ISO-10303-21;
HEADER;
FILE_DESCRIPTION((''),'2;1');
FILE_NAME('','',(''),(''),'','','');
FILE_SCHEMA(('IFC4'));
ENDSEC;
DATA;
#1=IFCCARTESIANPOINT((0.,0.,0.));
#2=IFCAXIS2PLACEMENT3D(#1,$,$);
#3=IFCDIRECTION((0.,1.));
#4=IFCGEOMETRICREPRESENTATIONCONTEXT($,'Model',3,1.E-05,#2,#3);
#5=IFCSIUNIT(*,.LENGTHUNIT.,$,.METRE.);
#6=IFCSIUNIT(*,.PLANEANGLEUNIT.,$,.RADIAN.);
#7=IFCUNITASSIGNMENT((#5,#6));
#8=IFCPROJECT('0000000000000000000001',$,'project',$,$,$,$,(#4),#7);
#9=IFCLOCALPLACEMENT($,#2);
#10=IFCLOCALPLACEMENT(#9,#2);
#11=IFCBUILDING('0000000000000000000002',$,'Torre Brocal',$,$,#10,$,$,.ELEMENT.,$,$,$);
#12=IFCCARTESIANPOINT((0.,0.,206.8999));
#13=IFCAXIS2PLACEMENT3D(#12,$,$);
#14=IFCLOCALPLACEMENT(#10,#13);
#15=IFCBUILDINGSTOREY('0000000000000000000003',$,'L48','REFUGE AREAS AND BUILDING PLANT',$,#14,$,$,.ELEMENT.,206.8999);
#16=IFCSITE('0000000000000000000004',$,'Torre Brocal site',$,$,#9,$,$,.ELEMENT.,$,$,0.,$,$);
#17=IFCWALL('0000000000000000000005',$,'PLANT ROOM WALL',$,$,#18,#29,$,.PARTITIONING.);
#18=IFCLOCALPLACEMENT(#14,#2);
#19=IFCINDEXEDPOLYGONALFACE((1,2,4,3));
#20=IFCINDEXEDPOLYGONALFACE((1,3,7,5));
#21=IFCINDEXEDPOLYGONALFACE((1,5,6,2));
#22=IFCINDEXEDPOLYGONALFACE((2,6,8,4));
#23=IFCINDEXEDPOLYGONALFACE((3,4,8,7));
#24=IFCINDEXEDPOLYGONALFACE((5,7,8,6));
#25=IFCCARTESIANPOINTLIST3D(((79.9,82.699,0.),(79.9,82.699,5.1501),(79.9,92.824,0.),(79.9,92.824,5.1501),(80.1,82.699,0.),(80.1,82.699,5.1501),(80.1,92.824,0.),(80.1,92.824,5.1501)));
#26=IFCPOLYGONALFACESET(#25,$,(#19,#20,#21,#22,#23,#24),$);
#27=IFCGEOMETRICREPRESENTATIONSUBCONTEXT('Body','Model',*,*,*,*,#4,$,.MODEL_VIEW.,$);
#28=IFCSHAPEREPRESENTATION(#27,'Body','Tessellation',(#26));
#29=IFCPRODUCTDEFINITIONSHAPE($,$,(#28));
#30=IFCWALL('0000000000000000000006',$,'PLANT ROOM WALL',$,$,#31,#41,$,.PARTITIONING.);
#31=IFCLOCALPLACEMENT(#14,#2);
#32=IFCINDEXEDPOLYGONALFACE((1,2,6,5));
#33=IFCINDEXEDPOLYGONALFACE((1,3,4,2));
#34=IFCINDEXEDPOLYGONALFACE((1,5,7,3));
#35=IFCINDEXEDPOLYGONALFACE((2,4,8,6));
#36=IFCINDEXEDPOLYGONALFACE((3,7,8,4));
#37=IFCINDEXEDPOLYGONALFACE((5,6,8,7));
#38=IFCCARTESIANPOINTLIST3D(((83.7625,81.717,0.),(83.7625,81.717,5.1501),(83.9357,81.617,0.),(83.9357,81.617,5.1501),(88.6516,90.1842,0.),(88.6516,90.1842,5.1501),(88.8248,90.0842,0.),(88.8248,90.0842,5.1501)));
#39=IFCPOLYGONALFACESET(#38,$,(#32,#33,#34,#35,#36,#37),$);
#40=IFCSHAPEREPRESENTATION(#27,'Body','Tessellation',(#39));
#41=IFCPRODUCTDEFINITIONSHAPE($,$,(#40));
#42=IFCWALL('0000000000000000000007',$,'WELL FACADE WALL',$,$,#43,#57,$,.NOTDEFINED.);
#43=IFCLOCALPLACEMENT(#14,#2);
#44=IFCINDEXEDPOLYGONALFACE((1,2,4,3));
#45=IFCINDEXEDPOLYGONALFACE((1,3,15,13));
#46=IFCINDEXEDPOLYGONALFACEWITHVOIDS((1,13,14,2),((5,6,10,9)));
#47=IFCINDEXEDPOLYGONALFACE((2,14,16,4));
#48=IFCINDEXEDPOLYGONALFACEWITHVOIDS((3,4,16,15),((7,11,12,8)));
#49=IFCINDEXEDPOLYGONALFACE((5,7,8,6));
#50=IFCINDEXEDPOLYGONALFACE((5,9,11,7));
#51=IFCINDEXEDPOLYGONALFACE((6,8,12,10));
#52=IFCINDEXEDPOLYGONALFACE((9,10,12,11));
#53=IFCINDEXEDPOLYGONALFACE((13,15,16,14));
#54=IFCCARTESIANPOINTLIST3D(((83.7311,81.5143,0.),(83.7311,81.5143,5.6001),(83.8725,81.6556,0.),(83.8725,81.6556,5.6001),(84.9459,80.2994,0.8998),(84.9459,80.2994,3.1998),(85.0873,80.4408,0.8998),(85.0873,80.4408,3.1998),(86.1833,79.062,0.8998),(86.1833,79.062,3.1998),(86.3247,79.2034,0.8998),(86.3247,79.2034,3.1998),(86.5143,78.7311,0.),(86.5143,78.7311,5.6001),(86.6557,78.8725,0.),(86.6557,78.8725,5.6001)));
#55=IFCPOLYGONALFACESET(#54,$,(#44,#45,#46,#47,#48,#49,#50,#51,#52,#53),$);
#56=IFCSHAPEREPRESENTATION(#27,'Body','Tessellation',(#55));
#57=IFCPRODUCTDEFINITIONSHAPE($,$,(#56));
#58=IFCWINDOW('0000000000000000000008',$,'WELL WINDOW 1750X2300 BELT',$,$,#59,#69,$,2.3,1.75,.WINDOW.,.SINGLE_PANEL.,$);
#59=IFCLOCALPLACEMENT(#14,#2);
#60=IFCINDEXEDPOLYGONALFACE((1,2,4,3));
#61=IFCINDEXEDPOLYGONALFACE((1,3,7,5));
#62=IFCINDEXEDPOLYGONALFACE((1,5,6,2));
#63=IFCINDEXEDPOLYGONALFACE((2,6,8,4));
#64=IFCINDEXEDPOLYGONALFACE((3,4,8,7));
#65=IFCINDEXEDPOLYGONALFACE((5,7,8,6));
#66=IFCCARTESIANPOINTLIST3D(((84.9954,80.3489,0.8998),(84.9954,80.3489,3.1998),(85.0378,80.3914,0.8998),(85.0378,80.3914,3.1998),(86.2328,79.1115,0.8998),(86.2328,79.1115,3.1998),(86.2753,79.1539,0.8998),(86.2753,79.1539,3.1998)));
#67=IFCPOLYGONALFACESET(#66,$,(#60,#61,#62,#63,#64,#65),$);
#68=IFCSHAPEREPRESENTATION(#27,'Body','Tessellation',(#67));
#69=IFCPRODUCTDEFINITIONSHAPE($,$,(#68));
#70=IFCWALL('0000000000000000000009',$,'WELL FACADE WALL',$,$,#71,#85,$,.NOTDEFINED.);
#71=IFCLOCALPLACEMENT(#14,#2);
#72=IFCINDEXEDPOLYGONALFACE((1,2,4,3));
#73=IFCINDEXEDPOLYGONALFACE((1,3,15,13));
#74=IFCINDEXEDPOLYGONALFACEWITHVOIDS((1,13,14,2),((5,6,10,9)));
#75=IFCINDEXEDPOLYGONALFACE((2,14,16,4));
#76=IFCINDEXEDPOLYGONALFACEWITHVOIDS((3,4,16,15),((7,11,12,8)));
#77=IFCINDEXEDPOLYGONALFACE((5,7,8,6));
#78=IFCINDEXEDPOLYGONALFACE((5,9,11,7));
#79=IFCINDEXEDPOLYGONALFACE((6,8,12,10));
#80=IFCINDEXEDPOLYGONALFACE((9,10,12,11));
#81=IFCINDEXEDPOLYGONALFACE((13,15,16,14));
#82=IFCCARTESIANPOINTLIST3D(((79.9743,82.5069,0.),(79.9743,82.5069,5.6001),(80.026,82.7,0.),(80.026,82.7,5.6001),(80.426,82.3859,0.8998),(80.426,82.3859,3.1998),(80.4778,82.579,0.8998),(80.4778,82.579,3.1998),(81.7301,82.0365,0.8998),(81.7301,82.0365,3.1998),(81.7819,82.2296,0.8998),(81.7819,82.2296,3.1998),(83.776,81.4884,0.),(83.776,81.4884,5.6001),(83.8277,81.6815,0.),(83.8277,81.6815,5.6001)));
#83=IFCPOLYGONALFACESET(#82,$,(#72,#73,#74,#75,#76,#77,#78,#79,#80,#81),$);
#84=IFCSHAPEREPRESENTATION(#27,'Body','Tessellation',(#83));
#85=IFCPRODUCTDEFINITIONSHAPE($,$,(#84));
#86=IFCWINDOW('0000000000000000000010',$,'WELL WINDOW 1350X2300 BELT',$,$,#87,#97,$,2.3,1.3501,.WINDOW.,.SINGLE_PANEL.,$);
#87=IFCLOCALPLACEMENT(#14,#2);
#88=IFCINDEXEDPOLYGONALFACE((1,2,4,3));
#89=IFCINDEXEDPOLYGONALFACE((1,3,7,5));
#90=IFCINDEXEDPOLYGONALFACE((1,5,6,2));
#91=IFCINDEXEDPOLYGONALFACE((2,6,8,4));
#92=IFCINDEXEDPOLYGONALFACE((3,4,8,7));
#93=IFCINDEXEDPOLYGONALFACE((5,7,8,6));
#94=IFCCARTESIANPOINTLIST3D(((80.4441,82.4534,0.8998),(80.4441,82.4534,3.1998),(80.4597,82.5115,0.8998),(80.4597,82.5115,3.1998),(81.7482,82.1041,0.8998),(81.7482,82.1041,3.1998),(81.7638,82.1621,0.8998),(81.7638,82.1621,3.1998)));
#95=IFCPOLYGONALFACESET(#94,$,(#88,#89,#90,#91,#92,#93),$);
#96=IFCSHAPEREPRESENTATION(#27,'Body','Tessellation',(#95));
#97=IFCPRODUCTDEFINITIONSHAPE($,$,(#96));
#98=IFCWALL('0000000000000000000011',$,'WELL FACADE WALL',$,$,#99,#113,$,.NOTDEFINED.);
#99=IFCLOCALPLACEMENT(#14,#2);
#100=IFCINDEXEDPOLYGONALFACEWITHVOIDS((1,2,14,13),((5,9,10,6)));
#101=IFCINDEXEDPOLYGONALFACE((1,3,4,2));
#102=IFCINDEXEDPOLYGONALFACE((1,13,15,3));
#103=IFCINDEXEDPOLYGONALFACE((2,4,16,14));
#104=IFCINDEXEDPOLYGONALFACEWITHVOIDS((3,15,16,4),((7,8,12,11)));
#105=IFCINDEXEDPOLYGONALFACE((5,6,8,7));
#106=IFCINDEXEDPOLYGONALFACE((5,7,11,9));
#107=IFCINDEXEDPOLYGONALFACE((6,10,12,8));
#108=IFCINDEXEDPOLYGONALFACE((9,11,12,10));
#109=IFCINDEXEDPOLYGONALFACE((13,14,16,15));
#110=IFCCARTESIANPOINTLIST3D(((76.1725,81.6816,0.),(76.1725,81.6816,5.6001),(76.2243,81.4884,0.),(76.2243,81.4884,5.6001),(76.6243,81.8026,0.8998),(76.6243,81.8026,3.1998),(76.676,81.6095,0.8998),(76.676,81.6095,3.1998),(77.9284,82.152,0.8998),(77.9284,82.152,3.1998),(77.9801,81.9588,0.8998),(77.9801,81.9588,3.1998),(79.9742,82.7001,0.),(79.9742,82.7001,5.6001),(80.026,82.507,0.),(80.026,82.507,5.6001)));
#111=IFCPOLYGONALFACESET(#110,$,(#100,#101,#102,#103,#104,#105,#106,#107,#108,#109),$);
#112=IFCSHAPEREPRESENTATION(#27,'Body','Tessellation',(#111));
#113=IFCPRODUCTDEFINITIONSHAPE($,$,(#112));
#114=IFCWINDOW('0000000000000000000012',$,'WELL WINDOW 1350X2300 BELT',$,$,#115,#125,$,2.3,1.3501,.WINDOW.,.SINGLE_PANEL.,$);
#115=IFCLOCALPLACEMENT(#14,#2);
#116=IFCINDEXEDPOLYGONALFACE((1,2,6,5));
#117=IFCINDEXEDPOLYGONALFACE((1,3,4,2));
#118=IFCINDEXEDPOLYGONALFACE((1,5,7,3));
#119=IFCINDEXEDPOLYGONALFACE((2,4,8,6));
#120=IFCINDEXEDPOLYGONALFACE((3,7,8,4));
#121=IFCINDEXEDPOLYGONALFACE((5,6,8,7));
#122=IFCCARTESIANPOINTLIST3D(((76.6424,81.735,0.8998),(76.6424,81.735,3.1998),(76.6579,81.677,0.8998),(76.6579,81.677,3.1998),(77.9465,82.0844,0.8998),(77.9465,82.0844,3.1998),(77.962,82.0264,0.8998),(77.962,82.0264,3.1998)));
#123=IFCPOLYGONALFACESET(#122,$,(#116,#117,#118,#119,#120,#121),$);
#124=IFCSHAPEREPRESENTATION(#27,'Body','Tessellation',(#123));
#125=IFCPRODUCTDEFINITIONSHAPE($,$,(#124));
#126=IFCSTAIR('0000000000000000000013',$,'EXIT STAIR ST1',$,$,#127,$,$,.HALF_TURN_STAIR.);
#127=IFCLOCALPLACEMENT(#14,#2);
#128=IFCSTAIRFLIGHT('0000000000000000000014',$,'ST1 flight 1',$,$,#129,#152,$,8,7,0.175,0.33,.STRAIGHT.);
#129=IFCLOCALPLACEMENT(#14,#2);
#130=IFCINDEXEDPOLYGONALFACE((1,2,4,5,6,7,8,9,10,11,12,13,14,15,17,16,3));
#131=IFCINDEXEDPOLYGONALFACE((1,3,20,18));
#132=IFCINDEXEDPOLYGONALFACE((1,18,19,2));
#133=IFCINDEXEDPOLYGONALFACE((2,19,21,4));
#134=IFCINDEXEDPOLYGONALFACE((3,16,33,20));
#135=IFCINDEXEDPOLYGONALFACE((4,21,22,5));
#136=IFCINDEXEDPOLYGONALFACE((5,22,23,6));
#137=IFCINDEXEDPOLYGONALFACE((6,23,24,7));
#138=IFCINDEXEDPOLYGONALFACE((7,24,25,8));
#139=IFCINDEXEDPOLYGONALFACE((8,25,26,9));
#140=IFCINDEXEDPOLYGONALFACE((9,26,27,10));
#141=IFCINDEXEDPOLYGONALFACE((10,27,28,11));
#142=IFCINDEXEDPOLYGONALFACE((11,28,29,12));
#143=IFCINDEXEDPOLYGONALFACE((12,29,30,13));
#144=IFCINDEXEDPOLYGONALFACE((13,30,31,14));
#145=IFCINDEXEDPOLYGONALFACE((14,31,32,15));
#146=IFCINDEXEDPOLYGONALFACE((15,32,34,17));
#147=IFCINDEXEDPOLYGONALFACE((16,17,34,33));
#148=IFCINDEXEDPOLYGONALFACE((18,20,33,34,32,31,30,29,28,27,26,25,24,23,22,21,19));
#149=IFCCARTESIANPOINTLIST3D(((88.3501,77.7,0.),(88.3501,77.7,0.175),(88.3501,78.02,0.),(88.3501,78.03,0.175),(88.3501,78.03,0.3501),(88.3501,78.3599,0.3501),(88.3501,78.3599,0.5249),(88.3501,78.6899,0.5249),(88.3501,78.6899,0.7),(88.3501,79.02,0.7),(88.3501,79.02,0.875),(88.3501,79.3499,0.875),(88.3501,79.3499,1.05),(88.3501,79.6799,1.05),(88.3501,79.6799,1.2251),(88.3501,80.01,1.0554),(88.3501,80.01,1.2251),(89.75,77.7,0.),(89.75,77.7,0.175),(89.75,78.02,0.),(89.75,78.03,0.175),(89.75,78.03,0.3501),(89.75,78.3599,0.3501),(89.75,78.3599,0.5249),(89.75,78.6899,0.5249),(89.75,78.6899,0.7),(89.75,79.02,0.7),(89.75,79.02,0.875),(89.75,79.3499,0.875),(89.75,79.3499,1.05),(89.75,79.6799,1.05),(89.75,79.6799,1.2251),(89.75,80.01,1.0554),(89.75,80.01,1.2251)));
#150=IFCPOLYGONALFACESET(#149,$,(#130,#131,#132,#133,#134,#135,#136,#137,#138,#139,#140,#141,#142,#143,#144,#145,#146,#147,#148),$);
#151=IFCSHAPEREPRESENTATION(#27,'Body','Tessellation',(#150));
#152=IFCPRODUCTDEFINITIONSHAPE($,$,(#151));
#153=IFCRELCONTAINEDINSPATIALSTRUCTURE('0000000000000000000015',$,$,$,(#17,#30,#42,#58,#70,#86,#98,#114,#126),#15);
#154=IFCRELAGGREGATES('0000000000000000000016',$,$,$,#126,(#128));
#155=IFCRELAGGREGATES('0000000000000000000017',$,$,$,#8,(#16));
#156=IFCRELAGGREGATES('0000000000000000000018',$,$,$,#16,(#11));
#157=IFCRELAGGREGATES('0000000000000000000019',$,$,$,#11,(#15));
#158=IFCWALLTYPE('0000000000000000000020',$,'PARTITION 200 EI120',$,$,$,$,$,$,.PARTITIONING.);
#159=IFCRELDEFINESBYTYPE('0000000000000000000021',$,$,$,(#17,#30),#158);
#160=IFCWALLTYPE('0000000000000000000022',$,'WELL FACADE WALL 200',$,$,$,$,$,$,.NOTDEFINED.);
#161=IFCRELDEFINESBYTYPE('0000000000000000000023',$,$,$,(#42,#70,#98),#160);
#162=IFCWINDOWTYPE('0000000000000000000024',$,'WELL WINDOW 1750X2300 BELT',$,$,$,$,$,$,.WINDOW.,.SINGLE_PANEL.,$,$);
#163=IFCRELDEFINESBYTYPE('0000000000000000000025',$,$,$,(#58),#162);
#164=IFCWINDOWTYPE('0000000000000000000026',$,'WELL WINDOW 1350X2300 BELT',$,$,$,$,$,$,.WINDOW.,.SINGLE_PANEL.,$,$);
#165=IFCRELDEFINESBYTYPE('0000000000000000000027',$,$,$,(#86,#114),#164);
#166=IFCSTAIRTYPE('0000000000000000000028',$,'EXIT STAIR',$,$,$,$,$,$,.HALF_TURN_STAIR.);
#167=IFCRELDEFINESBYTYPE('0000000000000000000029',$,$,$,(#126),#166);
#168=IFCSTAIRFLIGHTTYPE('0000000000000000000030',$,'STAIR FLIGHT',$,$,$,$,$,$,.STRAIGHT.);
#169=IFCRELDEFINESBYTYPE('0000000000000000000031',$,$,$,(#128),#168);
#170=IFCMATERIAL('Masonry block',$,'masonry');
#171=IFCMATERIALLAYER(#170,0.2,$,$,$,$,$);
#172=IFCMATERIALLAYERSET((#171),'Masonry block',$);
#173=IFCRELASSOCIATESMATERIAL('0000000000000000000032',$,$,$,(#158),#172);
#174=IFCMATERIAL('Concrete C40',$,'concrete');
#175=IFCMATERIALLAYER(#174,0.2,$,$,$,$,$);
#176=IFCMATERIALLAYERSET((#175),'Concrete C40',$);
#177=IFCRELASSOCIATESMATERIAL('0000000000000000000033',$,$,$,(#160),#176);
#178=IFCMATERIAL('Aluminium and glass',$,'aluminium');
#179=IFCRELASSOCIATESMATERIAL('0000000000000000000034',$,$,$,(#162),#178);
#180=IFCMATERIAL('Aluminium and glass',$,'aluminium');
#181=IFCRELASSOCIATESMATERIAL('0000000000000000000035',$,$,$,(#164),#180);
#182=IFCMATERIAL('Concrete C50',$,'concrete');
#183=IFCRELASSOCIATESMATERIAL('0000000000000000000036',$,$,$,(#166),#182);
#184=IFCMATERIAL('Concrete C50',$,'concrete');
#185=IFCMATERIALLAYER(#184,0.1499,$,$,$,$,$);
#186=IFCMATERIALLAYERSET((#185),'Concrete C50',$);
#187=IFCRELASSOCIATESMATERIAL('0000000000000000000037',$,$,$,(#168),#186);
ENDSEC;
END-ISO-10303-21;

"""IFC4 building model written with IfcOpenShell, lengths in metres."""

from ifc_helpers import new_model, si_unit, direction, frame, frame_2d, origin, place, context, subcontext, project, spatial, polyline, rectangle, outline, extrude, material, layer, layer_set, type_object, element, fill, aggregate, save


model = new_model("IFC4")

# Units and contexts
model_context = context("Model", 3, precision=1e-05, world=origin(), true_north=direction((0.0, 1.0)))
body_context = subcontext(model_context, "Body", "Model", "MODEL_VIEW")
ifc_project = project(units=[si_unit("LENGTHUNIT", "METRE"), si_unit("PLANEANGLEUNIT", "RADIAN")], contexts=[model_context])

# Site, building, storey
site_placement = place(None, origin())
site = spatial("IfcSite", under=ifc_project, at=site_placement, Name="Torre Brocal site", CompositionType="ELEMENT", RefElevation=0.0)
building_placement = place(site_placement, origin())
building = spatial("IfcBuilding", under=site, at=building_placement, Name="Torre Brocal", CompositionType="ELEMENT")
storey_placement = place(building_placement, frame((0.0, 0.0, 206.8999)))
storey = spatial("IfcBuildingStorey", under=building, at=storey_placement, Name="L48", Description="REFUGE AREAS AND BUILDING PLANT", CompositionType="ELEMENT", Elevation=206.8999)

# Walls
ifc_material_1 = material(Name="Masonry block", Category="masonry")
ifc_layer_1 = layer(ifc_material_1, 0.2)
ifc_layer_set_1 = layer_set([ifc_layer_1], Name="Masonry block")
wall_type_1 = type_object("IfcWallType", Name="PARTITION 200 EI120", PredefinedType="PARTITIONING", material=ifc_layer_set_1)
wall_1_placement = place(storey_placement, frame((80.0, 82.699, 0.0), z_axis=(0.0, 0.0, 1.0), x_axis=(0.0, 1.0, 0.0)))
element("IfcWall", 1, at=wall_1_placement, inside=storey, type_object=wall_type_1, Name="PLANT ROOM WALL", PredefinedType="PARTITIONING", context=body_context, shape_type="SweptSolid", body=[
    extrude(rectangle(XDim=10.125, YDim=0.2, at=frame_2d((5.0625, 0.0))), origin(), (0.0, 0.0, 1.0), 5.1501),
])
wall_2_placement = place(storey_placement, frame((83.8491, 81.667, 0.0), z_axis=(0.0, 0.0, 1.0), x_axis=(0.500044, 0.866, 0.0)))
element("IfcWall", 2, at=wall_2_placement, inside=storey, type_object=wall_type_1, Name="PLANT ROOM WALL", PredefinedType="PARTITIONING", context=body_context, shape_type="SweptSolid", body=[
    extrude(rectangle(XDim=9.7773, YDim=0.2, at=frame_2d((4.8887, 0.0))), origin(), (0.0, 0.0, 1.0), 5.1501),
])

# Walls, openings, windows
ifc_material_2 = material(Name="Concrete C40", Category="concrete")
ifc_layer_2 = layer(ifc_material_2, 0.2)
ifc_layer_set_2 = layer_set([ifc_layer_2], Name="Concrete C40")
wall_type_2 = type_object("IfcWallType", Name="WELL FACADE WALL 200", PredefinedType="NOTDEFINED", material=ifc_layer_set_2)
wall_3_placement = place(storey_placement, frame((86.585, 78.8018, 0.0), z_axis=(0.0, 0.0, 1.0), x_axis=(-0.707107, 0.707107, 0.0)))
wall_3 = element("IfcWall", 3, at=wall_3_placement, inside=storey, type_object=wall_type_2, Name="WELL FACADE WALL", PredefinedType="NOTDEFINED", context=body_context, shape_type="SweptSolid", body=[
    extrude(rectangle(XDim=3.936, YDim=0.2, at=frame_2d((1.968, 0.0))), origin(), (0.0, 0.0, 1.0), 5.6001),
])
opening_1_placement = place(wall_3_placement, frame((0.468, 0.0, 0.8999)))
opening_1 = element("IfcOpeningElement", 4, at=opening_1_placement, cuts=wall_3, PredefinedType="OPENING", context=body_context, shape_type="SweptSolid", body=[
    extrude(rectangle(XDim=1.75, YDim=2.3, at=frame_2d((0.875, 1.1499))), frame((0.0, 0.1099, 0.0), z_axis=(0.0, -1.0, 0.0), x_axis=(1.0, 0.0, 0.0)), (0.0, 0.0, 1.0), 0.22),
])
ifc_material_3 = material(Name="Aluminium and glass", Category="aluminium")
window_type_1 = type_object("IfcWindowType", Name="WELL WINDOW 1750X2300 BELT", PartitioningType="SINGLE_PANEL", PredefinedType="WINDOW", material=ifc_material_3)
window_1_placement = place(opening_1_placement, origin())
window_1 = element("IfcWindow", 5, at=window_1_placement, inside=storey, type_object=window_type_1, Name="WELL WINDOW 1750X2300 BELT", OverallHeight=2.3, OverallWidth=1.75, PartitioningType="SINGLE_PANEL", PredefinedType="WINDOW", context=body_context, shape_type="SweptSolid", body=[
    extrude(rectangle(XDim=1.75, YDim=2.3, at=frame_2d((0.875, 1.1499))), frame((0.0, 0.03, 0.0), z_axis=(0.0, -1.0, 0.0), x_axis=(1.0, 0.0, 0.0)), (0.0, 0.0, 1.0), 0.0601),
])
fill(opening_1, window_1)
wall_4_placement = place(storey_placement, frame((83.8018, 81.585, 0.0), z_axis=(0.0, 0.0, 1.0), x_axis=(-0.965934, 0.25879, 0.0)))
wall_4 = element("IfcWall", 6, at=wall_4_placement, inside=storey, type_object=wall_type_2, Name="WELL FACADE WALL", PredefinedType="NOTDEFINED", context=body_context, shape_type="SweptSolid", body=[
    extrude(rectangle(XDim=3.9358, YDim=0.2, at=frame_2d((1.9678, 0.0))), origin(), (0.0, 0.0, 1.0), 5.6001),
])
opening_2_placement = place(wall_4_placement, frame((2.1179, 0.0, 0.8999)))
opening_2 = element("IfcOpeningElement", 7, at=opening_2_placement, cuts=wall_4, PredefinedType="OPENING", context=body_context, shape_type="SweptSolid", body=[
    extrude(rectangle(XDim=1.3501, YDim=2.3, at=frame_2d((0.675, 1.1499))), frame((0.0, 0.1099, 0.0), z_axis=(0.0, -1.0, 0.0), x_axis=(1.0, 0.0, 0.0)), (0.0, 0.0, 1.0), 0.22),
])
ifc_material_4 = material(Name="Aluminium and glass", Category="aluminium")
window_type_2 = type_object("IfcWindowType", Name="WELL WINDOW 1350X2300 BELT", PartitioningType="SINGLE_PANEL", PredefinedType="WINDOW", material=ifc_material_4)
window_2_placement = place(opening_2_placement, origin())
window_2 = element("IfcWindow", 8, at=window_2_placement, inside=storey, type_object=window_type_2, Name="WELL WINDOW 1350X2300 BELT", OverallHeight=2.3, OverallWidth=1.3501, PartitioningType="SINGLE_PANEL", PredefinedType="WINDOW", context=body_context, shape_type="SweptSolid", body=[
    extrude(rectangle(XDim=1.3501, YDim=2.3, at=frame_2d((0.675, 1.1499))), frame((0.0, 0.03, 0.0), z_axis=(0.0, -1.0, 0.0), x_axis=(1.0, 0.0, 0.0)), (0.0, 0.0, 1.0), 0.0601),
])
fill(opening_2, window_2)
wall_5_placement = place(storey_placement, frame((80.0, 82.6035, 0.0), z_axis=(0.0, 0.0, 1.0), x_axis=(-0.965934, -0.25879, 0.0)))
wall_5 = element("IfcWall", 9, at=wall_5_placement, inside=storey, type_object=wall_type_2, Name="WELL FACADE WALL", PredefinedType="NOTDEFINED", context=body_context, shape_type="SweptSolid", body=[
    extrude(rectangle(XDim=3.9358, YDim=0.2, at=frame_2d((1.9678, 0.0))), origin(), (0.0, 0.0, 1.0), 5.6001),
])
opening_3_placement = place(wall_5_placement, frame((2.1179, 0.0, 0.8999)))
opening_3 = element("IfcOpeningElement", 10, at=opening_3_placement, cuts=wall_5, PredefinedType="OPENING", context=body_context, shape_type="SweptSolid", body=[
    extrude(rectangle(XDim=1.3501, YDim=2.3, at=frame_2d((0.675, 1.1499))), frame((0.0, 0.1099, 0.0), z_axis=(0.0, -1.0, 0.0), x_axis=(1.0, 0.0, 0.0)), (0.0, 0.0, 1.0), 0.22),
])
window_3_placement = place(opening_3_placement, origin())
window_3 = element("IfcWindow", 11, at=window_3_placement, inside=storey, type_object=window_type_2, Name="WELL WINDOW 1350X2300 BELT", OverallHeight=2.3, OverallWidth=1.3501, PartitioningType="SINGLE_PANEL", PredefinedType="WINDOW", context=body_context, shape_type="SweptSolid", body=[
    extrude(rectangle(XDim=1.3501, YDim=2.3, at=frame_2d((0.675, 1.1499))), frame((0.0, 0.03, 0.0), z_axis=(0.0, -1.0, 0.0), x_axis=(1.0, 0.0, 0.0)), (0.0, 0.0, 1.0), 0.0601),
])
fill(opening_3, window_3)

# Stair, stair flight
ifc_material_5 = material(Name="Concrete C50", Category="concrete")
stair_type = type_object("IfcStairType", Name="EXIT STAIR", PredefinedType="HALF_TURN_STAIR", material=ifc_material_5)
stair_placement = place(storey_placement, origin())
stair = element("IfcStair", 12, at=stair_placement, inside=storey, type_object=stair_type, Name="EXIT STAIR ST1", PredefinedType="HALF_TURN_STAIR")
ifc_material_6 = material(Name="Concrete C50", Category="concrete")
ifc_layer_3 = layer(ifc_material_6, 0.1499)
ifc_layer_set_3 = layer_set([ifc_layer_3], Name="Concrete C50")
stair_flight_type = type_object("IfcStairFlightType", Name="STAIR FLIGHT", PredefinedType="STRAIGHT", material=ifc_layer_set_3)
stair_flight_1_placement = place(storey_placement, frame((89.05, 77.7, 0.0), z_axis=(0.0, 0.0, 1.0), x_axis=(0.0, 1.0, 0.0)))
stair_flight_1 = element("IfcStairFlight", 13, at=stair_flight_1_placement, type_object=stair_flight_type, Name="ST1 flight 1", NumberOfRisers=8, NumberOfTreads=7, PredefinedType="STRAIGHT", RiserHeight=0.175, TreadLength=0.33, context=body_context, shape_type="SweptSolid", body=[
    extrude(outline(polyline([(0.0, 0.0), (0.0, 0.175), (0.3301, 0.175), (0.3301, 0.3501), (0.6599, 0.3501), (0.6599, 0.5249), (0.99, 0.5249), (0.99, 0.7), (1.3201, 0.7), (1.3201, 0.875), (1.6499, 0.875), (1.6499, 1.05), (1.98, 1.05), (1.98, 1.2251), (2.3101, 1.2251), (2.3101, 1.3999), (2.3101, 1.0554), (0.3201, 0.0), (0.0, 0.0)])), frame((0.0, 0.7, 0.0), z_axis=(0.0, -1.0, 0.0), x_axis=(1.0, 0.0, 0.0)), (0.0, 0.0, 1.0), 1.3999),
])
aggregate(stair, [stair_flight_1])

save(model, "model.ifc")
